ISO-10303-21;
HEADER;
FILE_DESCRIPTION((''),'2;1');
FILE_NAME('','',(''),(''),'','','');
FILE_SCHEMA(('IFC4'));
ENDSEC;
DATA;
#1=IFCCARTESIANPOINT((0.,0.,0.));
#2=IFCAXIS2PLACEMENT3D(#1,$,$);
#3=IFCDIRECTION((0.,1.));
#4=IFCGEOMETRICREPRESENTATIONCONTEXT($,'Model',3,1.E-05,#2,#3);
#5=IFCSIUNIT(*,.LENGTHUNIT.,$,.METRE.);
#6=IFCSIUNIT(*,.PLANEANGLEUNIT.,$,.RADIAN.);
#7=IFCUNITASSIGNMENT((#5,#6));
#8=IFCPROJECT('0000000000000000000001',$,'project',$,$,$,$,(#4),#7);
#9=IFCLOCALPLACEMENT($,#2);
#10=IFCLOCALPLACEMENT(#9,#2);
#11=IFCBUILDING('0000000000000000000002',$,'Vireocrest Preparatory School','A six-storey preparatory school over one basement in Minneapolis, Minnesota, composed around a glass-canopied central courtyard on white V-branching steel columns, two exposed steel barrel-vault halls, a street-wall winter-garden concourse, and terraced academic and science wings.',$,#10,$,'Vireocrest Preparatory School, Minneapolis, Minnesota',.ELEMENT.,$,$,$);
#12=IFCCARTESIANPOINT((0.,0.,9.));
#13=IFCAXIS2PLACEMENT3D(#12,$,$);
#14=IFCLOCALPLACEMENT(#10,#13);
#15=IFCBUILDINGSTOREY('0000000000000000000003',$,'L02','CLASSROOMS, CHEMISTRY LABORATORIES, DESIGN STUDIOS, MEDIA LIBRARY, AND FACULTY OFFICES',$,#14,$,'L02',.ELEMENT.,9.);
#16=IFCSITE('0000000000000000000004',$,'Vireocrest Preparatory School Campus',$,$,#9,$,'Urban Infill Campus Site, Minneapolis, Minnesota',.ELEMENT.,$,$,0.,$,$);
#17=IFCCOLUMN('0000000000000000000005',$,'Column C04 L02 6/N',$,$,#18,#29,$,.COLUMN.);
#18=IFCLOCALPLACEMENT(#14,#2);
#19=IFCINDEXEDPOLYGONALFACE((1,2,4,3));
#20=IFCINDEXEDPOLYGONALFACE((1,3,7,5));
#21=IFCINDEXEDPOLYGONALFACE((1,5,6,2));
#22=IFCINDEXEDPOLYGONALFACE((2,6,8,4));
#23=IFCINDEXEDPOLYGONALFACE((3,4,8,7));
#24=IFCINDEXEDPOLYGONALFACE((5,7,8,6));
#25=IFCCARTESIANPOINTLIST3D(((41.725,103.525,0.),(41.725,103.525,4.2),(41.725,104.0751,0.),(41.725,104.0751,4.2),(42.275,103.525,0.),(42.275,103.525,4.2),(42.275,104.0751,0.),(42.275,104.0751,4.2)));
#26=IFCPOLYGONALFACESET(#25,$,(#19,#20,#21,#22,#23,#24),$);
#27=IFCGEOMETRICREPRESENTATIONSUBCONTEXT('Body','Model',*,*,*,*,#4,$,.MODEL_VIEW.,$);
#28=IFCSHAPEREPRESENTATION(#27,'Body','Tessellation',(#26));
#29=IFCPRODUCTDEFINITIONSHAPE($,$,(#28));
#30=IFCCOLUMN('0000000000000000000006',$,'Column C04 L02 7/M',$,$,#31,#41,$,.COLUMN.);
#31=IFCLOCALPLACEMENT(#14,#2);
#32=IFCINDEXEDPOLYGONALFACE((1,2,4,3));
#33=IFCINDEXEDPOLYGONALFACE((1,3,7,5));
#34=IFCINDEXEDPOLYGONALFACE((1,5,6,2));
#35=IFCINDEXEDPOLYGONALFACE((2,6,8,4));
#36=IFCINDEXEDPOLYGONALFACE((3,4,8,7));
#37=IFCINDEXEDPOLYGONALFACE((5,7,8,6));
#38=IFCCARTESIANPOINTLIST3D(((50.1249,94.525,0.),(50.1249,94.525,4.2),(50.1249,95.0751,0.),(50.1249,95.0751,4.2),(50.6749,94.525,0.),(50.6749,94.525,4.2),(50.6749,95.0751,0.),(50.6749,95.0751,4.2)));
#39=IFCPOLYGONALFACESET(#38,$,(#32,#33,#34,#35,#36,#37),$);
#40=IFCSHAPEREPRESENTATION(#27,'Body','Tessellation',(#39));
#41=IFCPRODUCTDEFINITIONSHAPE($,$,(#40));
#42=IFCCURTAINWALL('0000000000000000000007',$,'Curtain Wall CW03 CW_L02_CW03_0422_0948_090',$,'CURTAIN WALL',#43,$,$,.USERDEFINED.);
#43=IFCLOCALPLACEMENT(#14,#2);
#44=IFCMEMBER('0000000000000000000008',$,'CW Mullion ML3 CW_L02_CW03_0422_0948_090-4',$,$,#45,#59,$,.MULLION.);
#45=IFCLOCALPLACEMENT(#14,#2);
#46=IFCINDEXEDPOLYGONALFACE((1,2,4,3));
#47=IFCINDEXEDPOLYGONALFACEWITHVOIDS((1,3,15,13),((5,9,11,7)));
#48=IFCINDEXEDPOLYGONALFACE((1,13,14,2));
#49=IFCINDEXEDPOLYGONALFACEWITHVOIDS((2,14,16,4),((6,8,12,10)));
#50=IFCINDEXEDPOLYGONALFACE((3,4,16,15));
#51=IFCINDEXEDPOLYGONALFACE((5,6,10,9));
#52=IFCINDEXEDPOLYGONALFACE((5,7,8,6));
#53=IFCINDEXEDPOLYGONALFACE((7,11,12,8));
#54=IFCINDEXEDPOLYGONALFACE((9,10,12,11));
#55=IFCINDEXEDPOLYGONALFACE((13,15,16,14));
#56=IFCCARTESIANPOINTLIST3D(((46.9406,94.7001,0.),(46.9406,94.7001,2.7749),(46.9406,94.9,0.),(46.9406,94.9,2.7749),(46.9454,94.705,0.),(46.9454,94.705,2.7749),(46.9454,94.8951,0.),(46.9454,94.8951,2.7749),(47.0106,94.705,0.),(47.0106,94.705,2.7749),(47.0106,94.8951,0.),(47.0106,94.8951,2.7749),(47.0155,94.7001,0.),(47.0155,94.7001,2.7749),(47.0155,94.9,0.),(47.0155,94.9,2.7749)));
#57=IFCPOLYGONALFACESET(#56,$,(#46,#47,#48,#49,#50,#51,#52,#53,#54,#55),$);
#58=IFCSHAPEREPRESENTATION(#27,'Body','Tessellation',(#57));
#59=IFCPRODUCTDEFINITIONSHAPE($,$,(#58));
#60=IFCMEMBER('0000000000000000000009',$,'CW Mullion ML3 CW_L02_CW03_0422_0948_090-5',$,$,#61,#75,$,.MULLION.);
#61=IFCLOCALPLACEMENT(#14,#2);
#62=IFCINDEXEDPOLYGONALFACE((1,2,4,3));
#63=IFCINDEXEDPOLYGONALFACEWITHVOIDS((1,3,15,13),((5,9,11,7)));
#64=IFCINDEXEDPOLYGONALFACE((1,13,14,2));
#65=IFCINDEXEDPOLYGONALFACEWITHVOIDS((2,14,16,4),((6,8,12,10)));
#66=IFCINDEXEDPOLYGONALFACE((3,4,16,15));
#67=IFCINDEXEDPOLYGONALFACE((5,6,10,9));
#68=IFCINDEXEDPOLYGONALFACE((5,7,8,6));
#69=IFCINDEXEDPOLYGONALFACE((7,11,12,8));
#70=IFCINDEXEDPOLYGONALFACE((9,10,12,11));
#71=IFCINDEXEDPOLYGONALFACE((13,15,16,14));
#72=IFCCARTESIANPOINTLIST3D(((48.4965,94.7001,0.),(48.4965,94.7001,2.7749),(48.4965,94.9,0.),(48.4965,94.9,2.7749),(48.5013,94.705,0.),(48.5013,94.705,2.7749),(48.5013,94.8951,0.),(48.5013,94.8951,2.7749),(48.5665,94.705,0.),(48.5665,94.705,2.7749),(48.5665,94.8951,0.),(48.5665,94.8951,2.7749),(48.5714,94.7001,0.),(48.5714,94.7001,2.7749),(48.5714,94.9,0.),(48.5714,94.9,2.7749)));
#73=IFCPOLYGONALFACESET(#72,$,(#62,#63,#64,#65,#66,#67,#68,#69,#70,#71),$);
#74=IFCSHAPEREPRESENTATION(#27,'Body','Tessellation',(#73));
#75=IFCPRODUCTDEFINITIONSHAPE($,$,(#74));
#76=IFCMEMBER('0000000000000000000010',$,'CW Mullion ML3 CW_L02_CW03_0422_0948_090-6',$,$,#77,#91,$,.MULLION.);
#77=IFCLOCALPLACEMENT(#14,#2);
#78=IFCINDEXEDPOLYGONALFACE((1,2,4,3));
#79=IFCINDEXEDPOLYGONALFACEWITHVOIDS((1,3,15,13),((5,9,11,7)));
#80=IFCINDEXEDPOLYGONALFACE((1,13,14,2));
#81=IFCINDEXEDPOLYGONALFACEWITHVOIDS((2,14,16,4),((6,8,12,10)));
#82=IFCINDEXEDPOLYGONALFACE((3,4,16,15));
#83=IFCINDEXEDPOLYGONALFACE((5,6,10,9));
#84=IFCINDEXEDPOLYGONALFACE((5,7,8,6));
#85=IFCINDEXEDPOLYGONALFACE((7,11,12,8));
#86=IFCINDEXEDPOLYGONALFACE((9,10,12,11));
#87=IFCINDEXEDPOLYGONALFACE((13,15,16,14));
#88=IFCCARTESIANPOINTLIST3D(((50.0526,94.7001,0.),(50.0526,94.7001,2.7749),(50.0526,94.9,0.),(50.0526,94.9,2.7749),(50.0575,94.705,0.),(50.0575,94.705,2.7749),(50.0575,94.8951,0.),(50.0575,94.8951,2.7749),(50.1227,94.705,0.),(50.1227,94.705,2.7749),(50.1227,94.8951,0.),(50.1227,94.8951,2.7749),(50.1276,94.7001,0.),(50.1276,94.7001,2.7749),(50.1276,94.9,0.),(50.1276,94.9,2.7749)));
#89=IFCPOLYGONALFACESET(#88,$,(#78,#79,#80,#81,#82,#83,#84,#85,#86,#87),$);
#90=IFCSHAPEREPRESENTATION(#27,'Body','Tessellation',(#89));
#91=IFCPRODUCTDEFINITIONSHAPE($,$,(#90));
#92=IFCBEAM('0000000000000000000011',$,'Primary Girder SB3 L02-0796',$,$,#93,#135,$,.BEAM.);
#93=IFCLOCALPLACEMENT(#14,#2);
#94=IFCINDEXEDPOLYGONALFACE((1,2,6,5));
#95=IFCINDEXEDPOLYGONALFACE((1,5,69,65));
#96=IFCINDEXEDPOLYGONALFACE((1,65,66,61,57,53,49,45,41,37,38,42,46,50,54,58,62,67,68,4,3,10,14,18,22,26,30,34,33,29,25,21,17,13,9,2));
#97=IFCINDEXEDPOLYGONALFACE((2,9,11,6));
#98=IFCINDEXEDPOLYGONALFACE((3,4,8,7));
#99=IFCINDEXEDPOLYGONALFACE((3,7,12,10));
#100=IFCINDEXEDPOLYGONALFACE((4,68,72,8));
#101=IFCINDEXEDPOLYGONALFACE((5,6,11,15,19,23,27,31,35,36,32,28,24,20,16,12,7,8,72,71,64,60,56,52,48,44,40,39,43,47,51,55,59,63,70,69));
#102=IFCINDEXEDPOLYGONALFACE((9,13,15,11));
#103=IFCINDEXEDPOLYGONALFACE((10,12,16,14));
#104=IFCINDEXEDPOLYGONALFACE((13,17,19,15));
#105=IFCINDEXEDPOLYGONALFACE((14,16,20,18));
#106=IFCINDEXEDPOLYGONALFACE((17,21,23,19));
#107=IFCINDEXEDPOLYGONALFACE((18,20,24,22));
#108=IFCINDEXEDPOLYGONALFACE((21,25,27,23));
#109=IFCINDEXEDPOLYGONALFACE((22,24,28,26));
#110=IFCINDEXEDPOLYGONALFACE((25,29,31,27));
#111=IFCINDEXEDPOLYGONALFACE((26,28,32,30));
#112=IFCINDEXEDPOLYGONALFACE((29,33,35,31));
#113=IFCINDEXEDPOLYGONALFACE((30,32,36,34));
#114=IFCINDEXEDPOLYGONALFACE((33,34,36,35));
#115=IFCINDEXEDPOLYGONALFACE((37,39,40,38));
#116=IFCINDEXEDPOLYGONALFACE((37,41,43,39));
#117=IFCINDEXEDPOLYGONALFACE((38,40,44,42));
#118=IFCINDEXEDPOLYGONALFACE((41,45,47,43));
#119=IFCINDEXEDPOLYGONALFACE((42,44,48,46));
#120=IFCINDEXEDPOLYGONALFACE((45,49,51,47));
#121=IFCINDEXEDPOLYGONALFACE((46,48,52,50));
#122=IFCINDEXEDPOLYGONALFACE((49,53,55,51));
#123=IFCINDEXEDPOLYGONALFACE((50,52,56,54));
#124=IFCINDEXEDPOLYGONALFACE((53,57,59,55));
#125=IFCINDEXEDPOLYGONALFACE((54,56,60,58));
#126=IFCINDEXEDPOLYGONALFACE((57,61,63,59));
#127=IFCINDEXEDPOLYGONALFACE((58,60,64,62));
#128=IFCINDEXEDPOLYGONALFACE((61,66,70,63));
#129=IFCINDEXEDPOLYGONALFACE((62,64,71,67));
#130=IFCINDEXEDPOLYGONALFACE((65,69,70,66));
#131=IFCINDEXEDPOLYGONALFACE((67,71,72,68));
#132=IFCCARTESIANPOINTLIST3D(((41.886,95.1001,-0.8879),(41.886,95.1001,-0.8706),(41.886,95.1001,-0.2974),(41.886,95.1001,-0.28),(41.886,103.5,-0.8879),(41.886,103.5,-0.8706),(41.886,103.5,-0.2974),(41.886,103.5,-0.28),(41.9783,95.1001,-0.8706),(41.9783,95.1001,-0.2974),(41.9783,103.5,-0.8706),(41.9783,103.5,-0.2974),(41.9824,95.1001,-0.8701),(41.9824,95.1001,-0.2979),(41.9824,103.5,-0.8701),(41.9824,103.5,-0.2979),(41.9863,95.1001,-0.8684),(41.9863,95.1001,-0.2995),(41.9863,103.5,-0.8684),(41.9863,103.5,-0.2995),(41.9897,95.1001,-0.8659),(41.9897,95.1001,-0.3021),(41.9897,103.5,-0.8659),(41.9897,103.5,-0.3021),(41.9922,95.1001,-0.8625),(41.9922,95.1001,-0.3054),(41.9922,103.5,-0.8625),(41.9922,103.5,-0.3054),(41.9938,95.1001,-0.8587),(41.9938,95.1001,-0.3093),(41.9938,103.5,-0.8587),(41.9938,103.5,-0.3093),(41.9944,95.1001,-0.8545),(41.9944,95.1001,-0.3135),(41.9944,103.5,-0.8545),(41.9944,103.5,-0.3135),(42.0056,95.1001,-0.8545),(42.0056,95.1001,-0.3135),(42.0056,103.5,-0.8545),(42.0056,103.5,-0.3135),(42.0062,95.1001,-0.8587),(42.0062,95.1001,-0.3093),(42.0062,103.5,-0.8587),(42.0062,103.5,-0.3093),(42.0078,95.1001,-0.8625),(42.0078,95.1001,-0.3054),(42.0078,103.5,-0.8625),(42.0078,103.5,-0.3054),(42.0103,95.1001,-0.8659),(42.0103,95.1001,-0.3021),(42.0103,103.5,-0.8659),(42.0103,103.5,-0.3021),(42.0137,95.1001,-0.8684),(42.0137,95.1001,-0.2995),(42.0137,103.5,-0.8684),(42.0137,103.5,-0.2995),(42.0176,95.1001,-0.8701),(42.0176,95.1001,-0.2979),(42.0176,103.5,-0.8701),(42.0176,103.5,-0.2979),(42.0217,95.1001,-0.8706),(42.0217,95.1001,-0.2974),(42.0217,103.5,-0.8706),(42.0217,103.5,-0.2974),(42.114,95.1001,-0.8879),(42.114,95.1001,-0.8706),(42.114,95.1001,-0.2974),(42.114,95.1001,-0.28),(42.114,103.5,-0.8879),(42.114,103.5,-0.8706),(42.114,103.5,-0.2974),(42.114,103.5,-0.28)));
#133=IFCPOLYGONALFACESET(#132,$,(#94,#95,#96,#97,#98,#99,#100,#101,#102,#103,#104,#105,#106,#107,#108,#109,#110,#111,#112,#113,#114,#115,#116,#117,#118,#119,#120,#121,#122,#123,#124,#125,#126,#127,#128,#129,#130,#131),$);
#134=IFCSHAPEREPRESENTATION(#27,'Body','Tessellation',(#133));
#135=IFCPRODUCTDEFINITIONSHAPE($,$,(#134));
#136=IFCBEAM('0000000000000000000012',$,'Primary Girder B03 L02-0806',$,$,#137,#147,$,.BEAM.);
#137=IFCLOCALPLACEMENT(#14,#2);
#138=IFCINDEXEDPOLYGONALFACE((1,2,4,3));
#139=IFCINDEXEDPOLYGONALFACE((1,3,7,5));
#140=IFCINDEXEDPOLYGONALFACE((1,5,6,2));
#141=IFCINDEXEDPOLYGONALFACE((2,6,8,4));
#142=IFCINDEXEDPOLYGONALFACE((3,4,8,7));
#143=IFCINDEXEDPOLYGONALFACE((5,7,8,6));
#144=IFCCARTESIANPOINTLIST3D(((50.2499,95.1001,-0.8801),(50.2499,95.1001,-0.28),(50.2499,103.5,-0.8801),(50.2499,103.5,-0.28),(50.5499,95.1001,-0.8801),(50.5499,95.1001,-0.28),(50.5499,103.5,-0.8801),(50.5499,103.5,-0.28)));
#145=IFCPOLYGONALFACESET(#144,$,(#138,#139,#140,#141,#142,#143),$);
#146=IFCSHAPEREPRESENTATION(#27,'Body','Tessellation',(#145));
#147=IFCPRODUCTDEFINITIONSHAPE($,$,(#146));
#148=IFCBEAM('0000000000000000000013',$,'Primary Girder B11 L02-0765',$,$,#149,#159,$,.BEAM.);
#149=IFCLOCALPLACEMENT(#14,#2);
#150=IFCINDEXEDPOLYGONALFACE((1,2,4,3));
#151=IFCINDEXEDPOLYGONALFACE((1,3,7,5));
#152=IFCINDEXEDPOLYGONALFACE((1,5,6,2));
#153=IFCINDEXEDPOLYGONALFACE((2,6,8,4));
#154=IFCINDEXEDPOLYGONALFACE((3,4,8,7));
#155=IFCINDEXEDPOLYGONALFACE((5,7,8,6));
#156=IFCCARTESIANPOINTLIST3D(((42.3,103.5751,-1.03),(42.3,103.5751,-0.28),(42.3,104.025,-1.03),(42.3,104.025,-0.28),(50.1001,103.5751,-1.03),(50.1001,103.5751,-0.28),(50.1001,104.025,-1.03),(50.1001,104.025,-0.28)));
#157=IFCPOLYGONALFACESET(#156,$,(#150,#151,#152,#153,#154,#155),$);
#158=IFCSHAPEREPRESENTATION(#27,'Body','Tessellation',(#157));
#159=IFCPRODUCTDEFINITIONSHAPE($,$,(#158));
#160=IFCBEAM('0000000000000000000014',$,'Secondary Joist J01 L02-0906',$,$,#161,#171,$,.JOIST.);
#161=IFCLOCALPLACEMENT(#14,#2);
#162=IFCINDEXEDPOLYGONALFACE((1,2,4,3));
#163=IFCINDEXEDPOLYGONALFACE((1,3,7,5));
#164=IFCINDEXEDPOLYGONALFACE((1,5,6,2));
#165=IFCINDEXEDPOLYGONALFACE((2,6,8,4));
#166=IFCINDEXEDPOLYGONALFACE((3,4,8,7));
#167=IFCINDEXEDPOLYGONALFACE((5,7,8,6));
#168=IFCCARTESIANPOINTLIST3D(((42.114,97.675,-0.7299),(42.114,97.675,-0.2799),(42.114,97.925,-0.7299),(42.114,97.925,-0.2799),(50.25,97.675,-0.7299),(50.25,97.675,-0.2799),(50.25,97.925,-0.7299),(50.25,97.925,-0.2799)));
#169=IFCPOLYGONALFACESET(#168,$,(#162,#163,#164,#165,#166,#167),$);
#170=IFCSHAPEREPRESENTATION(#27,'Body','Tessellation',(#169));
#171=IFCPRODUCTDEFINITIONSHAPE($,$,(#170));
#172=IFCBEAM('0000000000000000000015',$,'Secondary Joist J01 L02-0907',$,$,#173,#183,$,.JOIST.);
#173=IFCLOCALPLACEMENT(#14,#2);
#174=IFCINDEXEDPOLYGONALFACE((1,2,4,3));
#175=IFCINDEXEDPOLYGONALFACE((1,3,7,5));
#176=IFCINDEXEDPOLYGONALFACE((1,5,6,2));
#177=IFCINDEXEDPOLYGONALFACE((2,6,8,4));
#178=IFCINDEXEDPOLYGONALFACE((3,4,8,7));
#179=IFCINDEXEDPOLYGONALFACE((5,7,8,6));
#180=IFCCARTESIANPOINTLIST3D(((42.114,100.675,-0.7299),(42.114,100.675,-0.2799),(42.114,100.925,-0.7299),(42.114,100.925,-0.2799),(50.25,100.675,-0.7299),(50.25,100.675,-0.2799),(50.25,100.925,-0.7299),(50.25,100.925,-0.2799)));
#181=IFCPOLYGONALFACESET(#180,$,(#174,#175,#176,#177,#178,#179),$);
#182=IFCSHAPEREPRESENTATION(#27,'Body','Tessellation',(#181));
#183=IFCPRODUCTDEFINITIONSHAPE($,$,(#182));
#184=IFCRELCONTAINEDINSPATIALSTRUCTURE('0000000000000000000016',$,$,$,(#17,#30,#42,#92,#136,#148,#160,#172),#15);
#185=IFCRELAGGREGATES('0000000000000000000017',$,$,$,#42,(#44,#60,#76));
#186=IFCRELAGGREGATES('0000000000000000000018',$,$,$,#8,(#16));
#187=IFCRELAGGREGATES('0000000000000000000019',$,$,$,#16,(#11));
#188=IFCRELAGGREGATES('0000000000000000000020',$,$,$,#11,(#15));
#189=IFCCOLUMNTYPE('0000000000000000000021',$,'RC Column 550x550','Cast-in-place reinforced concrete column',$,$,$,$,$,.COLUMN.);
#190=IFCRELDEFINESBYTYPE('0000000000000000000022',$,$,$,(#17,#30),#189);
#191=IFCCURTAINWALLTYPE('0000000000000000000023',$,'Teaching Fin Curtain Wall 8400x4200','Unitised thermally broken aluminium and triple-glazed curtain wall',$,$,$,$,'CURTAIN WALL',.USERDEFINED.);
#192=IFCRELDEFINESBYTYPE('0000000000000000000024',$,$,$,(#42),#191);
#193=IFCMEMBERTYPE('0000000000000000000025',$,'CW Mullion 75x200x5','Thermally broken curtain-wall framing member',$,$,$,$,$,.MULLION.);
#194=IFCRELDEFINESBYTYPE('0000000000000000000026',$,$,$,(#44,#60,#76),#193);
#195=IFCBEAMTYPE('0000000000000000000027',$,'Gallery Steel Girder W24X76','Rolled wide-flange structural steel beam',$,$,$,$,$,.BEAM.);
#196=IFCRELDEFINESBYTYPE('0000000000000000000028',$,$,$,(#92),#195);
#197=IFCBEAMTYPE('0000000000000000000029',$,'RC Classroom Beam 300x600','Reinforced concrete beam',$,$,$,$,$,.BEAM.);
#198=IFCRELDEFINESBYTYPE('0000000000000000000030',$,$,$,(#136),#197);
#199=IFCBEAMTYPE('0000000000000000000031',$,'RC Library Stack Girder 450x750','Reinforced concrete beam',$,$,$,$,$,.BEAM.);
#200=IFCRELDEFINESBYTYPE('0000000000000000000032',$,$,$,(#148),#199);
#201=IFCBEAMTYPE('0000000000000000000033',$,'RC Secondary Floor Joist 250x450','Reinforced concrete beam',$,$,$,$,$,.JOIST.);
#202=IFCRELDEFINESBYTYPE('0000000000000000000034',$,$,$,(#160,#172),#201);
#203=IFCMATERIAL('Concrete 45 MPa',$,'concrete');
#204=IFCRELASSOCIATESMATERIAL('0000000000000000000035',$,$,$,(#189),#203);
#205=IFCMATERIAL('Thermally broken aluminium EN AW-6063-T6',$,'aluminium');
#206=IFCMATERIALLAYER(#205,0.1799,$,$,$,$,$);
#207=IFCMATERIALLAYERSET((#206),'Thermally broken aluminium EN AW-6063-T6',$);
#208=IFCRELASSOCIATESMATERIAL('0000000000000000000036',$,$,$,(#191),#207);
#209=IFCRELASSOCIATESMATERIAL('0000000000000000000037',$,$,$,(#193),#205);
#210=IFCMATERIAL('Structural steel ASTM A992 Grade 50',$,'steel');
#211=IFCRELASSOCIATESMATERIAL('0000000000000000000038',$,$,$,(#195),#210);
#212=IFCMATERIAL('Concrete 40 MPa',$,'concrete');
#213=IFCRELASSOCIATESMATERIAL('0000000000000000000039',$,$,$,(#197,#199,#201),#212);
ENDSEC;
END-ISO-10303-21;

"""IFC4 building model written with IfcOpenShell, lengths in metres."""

from ifc_helpers import new_model, si_unit, direction, frame, origin, origin_2d, place, context, subcontext, project, spatial, rectangle, hollow_rectangle, i_section, extrude, material, layer, layer_set, material_profile, profile_set, type_object, element, aggregate, save


model = new_model("IFC4")

# Units and contexts
model_context = context("Model", 3, precision=1e-05, world=origin(), true_north=direction((0.0, 1.0)))
body_context = subcontext(model_context, "Body", "Model", "MODEL_VIEW")
ifc_project = project(units=[si_unit("LENGTHUNIT", "METRE"), si_unit("PLANEANGLEUNIT", "RADIAN")], contexts=[model_context])

# Site, building, storey
site_placement = place(None, origin())
site = spatial("IfcSite", under=ifc_project, at=site_placement, Name="Vireocrest Preparatory School Campus", LongName="Urban Infill Campus Site, Minneapolis, Minnesota", CompositionType="ELEMENT", RefElevation=0.0)
building_placement = place(site_placement, origin())
building = spatial("IfcBuilding", under=site, at=building_placement, Name="Vireocrest Preparatory School", Description="A six-storey preparatory school over one basement in Minneapolis, Minnesota, composed around a glass-canopied central courtyard on white V-branching steel columns, two exposed steel barrel-vault halls, a street-wall winter-garden concourse, and terraced academic and science wings.", LongName="Vireocrest Preparatory School, Minneapolis, Minnesota", CompositionType="ELEMENT")
storey_placement = place(building_placement, frame((0.0, 0.0, 9.0)))
storey = spatial("IfcBuildingStorey", under=building, at=storey_placement, Name="L02", Description="CLASSROOMS, CHEMISTRY LABORATORIES, DESIGN STUDIOS, MEDIA LIBRARY, AND FACULTY OFFICES", LongName="L02", CompositionType="ELEMENT", Elevation=9.0)

# Columns
ifc_material_1 = material(Name="Concrete 45 MPa", Category="concrete")
ifc_material_profile_1 = material_profile(ifc_material_1, rectangle(XDim=0.55, YDim=0.55, at=origin_2d()), Name="RC 550x550")
ifc_profile_set_1 = profile_set([ifc_material_profile_1], Name="Concrete 45 MPa")
column_type = type_object("IfcColumnType", Name="RC Column 550x550", Description="Cast-in-place reinforced concrete column", PredefinedType="COLUMN", material=ifc_profile_set_1)
for number, where, z_axis, x_axis, name in (
    (1, (42.0, 103.8, 0.0), (0.0, 0.0, 1.0), (1.0, 0.0, 0.0), "Column C04 L02 6/N"),
    (2, (50.3999, 94.8, 0.0), (0.0, 0.0, 1.0), (1.0, 0.0, 0.0), "Column C04 L02 7/M"),
):
    element("IfcColumn", number, at=place(storey_placement, frame(where, z_axis=z_axis, x_axis=x_axis)), inside=storey, type_object=column_type, Name=name, PredefinedType="COLUMN", context=body_context, shape_type="SweptSolid", body=[
        extrude(rectangle(XDim=0.55, YDim=0.55, at=origin_2d()), origin(), (0.0, 0.0, 1.0), 4.2),
    ])

# Curtain wall, members
ifc_material_2 = material(Name="Thermally broken aluminium EN AW-6063-T6", Category="aluminium")
ifc_layer_1 = layer(ifc_material_2, 0.1799)
ifc_layer_set_1 = layer_set([ifc_layer_1], Name="Thermally broken aluminium EN AW-6063-T6")
curtain_wall_type = type_object("IfcCurtainWallType", Name="Teaching Fin Curtain Wall 8400x4200", Description="Unitised thermally broken aluminium and triple-glazed curtain wall", ElementType="CURTAIN WALL", PredefinedType="USERDEFINED", material=ifc_layer_set_1)
curtain_wall_placement = place(storey_placement, origin())
curtain_wall = element("IfcCurtainWall", 3, at=curtain_wall_placement, inside=storey, type_object=curtain_wall_type, Name="Curtain Wall CW03 CW_L02_CW03_0422_0948_090", ObjectType="CURTAIN WALL", PredefinedType="USERDEFINED")
ifc_material_profile_2 = material_profile(ifc_material_2, hollow_rectangle(XDim=0.075, YDim=0.2, WallThickness=0.0049, at=origin_2d()), Name="ALU 75x200x5")
ifc_profile_set_2 = profile_set([ifc_material_profile_2], Name="Thermally broken aluminium EN AW-6063-T6")
member_type = type_object("IfcMemberType", Name="CW Mullion 75x200x5", Description="Thermally broken curtain-wall framing member", PredefinedType="MULLION", material=ifc_profile_set_2)
member_1_placement = place(storey_placement, frame((46.978, 94.8, 0.0), z_axis=(0.0, 0.0, 1.0), x_axis=(1.0, 0.0, 0.0)))
member_1 = element("IfcMember", 4, at=member_1_placement, type_object=member_type, Name="CW Mullion ML3 CW_L02_CW03_0422_0948_090-4", PredefinedType="MULLION", context=body_context, shape_type="SweptSolid", body=[
    extrude(hollow_rectangle(XDim=0.075, YDim=0.2, WallThickness=0.0049, at=origin_2d()), origin(), (0.0, 0.0, 1.0), 2.7749),
])
member_2_placement = place(storey_placement, frame((48.5339, 94.8, 0.0), z_axis=(0.0, 0.0, 1.0), x_axis=(1.0, 0.0, 0.0)))
member_2 = element("IfcMember", 5, at=member_2_placement, type_object=member_type, Name="CW Mullion ML3 CW_L02_CW03_0422_0948_090-5", PredefinedType="MULLION", context=body_context, shape_type="SweptSolid", body=[
    extrude(hollow_rectangle(XDim=0.075, YDim=0.2, WallThickness=0.0049, at=origin_2d()), origin(), (0.0, 0.0, 1.0), 2.7749),
])
member_3_placement = place(storey_placement, frame((50.0901, 94.8, 0.0), z_axis=(0.0, 0.0, 1.0), x_axis=(1.0, 0.0, 0.0)))
member_3 = element("IfcMember", 6, at=member_3_placement, type_object=member_type, Name="CW Mullion ML3 CW_L02_CW03_0422_0948_090-6", PredefinedType="MULLION", context=body_context, shape_type="SweptSolid", body=[
    extrude(hollow_rectangle(XDim=0.075, YDim=0.2, WallThickness=0.0049, at=origin_2d()), origin(), (0.0, 0.0, 1.0), 2.7749),
])

# Beams
ifc_material_3 = material(Name="Structural steel ASTM A992 Grade 50", Category="steel")
ifc_material_profile_3 = material_profile(ifc_material_3, i_section(OverallWidth=0.228, OverallDepth=0.6079, WebThickness=0.0112, FlangeThickness=0.0173, FilletRadius=0.0161, at=origin_2d()), Name="W24X76")
ifc_profile_set_3 = profile_set([ifc_material_profile_3], Name="Structural steel ASTM A992 Grade 50")
beam_type_1 = type_object("IfcBeamType", Name="Gallery Steel Girder W24X76", Description="Rolled wide-flange structural steel beam", PredefinedType="BEAM", material=ifc_profile_set_3)
beam_1_placement = place(storey_placement, frame((42.0, 95.1001, -0.584), z_axis=(0.0, 1.0, 0.0), x_axis=(-1.0, 0.0, 0.0)))
element("IfcBeam", 7, at=beam_1_placement, inside=storey, type_object=beam_type_1, Name="Primary Girder SB3 L02-0796", PredefinedType="BEAM", context=body_context, shape_type="SweptSolid", body=[
    extrude(i_section(OverallWidth=0.228, OverallDepth=0.6079, WebThickness=0.0112, FlangeThickness=0.0173, FilletRadius=0.0161, at=origin_2d()), origin(), (0.0, 0.0, 1.0), 8.3999),
])
ifc_material_4 = material(Name="Concrete 40 MPa", Category="concrete")
ifc_material_profile_4 = material_profile(ifc_material_4, rectangle(XDim=0.3, YDim=0.6001, at=origin_2d()), Name="RC 300x600")
ifc_profile_set_4 = profile_set([ifc_material_profile_4], Name="Concrete 40 MPa")
beam_type_2 = type_object("IfcBeamType", Name="RC Classroom Beam 300x600", Description="Reinforced concrete beam", PredefinedType="BEAM", material=ifc_profile_set_4)
beam_2_placement = place(storey_placement, frame((50.3999, 95.1001, -0.5801), z_axis=(0.0, 1.0, 0.0), x_axis=(-1.0, 0.0, 0.0)))
element("IfcBeam", 8, at=beam_2_placement, inside=storey, type_object=beam_type_2, Name="Primary Girder B03 L02-0806", PredefinedType="BEAM", context=body_context, shape_type="SweptSolid", body=[
    extrude(rectangle(XDim=0.3, YDim=0.6001, at=origin_2d()), origin(), (0.0, 0.0, 1.0), 8.3999),
])
ifc_material_profile_5 = material_profile(ifc_material_4, rectangle(XDim=0.45, YDim=0.75, at=origin_2d()), Name="RC 450x750")
ifc_profile_set_5 = profile_set([ifc_material_profile_5], Name="Concrete 40 MPa")
beam_type_3 = type_object("IfcBeamType", Name="RC Library Stack Girder 450x750", Description="Reinforced concrete beam", PredefinedType="BEAM", material=ifc_profile_set_5)
beam_3_placement = place(storey_placement, frame((42.3, 103.8, -0.655), z_axis=(1.0, 0.0, 0.0), x_axis=(0.0, 1.0, 0.0)))
element("IfcBeam", 9, at=beam_3_placement, inside=storey, type_object=beam_type_3, Name="Primary Girder B11 L02-0765", PredefinedType="BEAM", context=body_context, shape_type="SweptSolid", body=[
    extrude(rectangle(XDim=0.45, YDim=0.75, at=origin_2d()), origin(), (0.0, 0.0, 1.0), 7.8),
])
ifc_material_profile_6 = material_profile(ifc_material_4, rectangle(XDim=0.25, YDim=0.45, at=origin_2d()), Name="RC 250x450")
ifc_profile_set_6 = profile_set([ifc_material_profile_6], Name="Concrete 40 MPa")
beam_type_4 = type_object("IfcBeamType", Name="RC Secondary Floor Joist 250x450", Description="Reinforced concrete beam", PredefinedType="JOIST", material=ifc_profile_set_6)
for number, where, z_axis, x_axis, name in (
    (10, (42.114, 97.8, -0.5049), (1.0, 0.0, 0.0), (0.0, 1.0, 0.0), "Secondary Joist J01 L02-0906"),
    (11, (42.114, 100.8, -0.5049), (1.0, 0.0, 0.0), (0.0, 1.0, 0.0), "Secondary Joist J01 L02-0907"),
):
    element("IfcBeam", number, at=place(storey_placement, frame(where, z_axis=z_axis, x_axis=x_axis)), inside=storey, type_object=beam_type_4, Name=name, PredefinedType="JOIST", context=body_context, shape_type="SweptSolid", body=[
        extrude(rectangle(XDim=0.25, YDim=0.45, at=origin_2d()), origin(), (0.0, 0.0, 1.0), 8.136),
    ])

aggregate(curtain_wall, [member_1, member_2, member_3])

save(model, "model.ifc")
